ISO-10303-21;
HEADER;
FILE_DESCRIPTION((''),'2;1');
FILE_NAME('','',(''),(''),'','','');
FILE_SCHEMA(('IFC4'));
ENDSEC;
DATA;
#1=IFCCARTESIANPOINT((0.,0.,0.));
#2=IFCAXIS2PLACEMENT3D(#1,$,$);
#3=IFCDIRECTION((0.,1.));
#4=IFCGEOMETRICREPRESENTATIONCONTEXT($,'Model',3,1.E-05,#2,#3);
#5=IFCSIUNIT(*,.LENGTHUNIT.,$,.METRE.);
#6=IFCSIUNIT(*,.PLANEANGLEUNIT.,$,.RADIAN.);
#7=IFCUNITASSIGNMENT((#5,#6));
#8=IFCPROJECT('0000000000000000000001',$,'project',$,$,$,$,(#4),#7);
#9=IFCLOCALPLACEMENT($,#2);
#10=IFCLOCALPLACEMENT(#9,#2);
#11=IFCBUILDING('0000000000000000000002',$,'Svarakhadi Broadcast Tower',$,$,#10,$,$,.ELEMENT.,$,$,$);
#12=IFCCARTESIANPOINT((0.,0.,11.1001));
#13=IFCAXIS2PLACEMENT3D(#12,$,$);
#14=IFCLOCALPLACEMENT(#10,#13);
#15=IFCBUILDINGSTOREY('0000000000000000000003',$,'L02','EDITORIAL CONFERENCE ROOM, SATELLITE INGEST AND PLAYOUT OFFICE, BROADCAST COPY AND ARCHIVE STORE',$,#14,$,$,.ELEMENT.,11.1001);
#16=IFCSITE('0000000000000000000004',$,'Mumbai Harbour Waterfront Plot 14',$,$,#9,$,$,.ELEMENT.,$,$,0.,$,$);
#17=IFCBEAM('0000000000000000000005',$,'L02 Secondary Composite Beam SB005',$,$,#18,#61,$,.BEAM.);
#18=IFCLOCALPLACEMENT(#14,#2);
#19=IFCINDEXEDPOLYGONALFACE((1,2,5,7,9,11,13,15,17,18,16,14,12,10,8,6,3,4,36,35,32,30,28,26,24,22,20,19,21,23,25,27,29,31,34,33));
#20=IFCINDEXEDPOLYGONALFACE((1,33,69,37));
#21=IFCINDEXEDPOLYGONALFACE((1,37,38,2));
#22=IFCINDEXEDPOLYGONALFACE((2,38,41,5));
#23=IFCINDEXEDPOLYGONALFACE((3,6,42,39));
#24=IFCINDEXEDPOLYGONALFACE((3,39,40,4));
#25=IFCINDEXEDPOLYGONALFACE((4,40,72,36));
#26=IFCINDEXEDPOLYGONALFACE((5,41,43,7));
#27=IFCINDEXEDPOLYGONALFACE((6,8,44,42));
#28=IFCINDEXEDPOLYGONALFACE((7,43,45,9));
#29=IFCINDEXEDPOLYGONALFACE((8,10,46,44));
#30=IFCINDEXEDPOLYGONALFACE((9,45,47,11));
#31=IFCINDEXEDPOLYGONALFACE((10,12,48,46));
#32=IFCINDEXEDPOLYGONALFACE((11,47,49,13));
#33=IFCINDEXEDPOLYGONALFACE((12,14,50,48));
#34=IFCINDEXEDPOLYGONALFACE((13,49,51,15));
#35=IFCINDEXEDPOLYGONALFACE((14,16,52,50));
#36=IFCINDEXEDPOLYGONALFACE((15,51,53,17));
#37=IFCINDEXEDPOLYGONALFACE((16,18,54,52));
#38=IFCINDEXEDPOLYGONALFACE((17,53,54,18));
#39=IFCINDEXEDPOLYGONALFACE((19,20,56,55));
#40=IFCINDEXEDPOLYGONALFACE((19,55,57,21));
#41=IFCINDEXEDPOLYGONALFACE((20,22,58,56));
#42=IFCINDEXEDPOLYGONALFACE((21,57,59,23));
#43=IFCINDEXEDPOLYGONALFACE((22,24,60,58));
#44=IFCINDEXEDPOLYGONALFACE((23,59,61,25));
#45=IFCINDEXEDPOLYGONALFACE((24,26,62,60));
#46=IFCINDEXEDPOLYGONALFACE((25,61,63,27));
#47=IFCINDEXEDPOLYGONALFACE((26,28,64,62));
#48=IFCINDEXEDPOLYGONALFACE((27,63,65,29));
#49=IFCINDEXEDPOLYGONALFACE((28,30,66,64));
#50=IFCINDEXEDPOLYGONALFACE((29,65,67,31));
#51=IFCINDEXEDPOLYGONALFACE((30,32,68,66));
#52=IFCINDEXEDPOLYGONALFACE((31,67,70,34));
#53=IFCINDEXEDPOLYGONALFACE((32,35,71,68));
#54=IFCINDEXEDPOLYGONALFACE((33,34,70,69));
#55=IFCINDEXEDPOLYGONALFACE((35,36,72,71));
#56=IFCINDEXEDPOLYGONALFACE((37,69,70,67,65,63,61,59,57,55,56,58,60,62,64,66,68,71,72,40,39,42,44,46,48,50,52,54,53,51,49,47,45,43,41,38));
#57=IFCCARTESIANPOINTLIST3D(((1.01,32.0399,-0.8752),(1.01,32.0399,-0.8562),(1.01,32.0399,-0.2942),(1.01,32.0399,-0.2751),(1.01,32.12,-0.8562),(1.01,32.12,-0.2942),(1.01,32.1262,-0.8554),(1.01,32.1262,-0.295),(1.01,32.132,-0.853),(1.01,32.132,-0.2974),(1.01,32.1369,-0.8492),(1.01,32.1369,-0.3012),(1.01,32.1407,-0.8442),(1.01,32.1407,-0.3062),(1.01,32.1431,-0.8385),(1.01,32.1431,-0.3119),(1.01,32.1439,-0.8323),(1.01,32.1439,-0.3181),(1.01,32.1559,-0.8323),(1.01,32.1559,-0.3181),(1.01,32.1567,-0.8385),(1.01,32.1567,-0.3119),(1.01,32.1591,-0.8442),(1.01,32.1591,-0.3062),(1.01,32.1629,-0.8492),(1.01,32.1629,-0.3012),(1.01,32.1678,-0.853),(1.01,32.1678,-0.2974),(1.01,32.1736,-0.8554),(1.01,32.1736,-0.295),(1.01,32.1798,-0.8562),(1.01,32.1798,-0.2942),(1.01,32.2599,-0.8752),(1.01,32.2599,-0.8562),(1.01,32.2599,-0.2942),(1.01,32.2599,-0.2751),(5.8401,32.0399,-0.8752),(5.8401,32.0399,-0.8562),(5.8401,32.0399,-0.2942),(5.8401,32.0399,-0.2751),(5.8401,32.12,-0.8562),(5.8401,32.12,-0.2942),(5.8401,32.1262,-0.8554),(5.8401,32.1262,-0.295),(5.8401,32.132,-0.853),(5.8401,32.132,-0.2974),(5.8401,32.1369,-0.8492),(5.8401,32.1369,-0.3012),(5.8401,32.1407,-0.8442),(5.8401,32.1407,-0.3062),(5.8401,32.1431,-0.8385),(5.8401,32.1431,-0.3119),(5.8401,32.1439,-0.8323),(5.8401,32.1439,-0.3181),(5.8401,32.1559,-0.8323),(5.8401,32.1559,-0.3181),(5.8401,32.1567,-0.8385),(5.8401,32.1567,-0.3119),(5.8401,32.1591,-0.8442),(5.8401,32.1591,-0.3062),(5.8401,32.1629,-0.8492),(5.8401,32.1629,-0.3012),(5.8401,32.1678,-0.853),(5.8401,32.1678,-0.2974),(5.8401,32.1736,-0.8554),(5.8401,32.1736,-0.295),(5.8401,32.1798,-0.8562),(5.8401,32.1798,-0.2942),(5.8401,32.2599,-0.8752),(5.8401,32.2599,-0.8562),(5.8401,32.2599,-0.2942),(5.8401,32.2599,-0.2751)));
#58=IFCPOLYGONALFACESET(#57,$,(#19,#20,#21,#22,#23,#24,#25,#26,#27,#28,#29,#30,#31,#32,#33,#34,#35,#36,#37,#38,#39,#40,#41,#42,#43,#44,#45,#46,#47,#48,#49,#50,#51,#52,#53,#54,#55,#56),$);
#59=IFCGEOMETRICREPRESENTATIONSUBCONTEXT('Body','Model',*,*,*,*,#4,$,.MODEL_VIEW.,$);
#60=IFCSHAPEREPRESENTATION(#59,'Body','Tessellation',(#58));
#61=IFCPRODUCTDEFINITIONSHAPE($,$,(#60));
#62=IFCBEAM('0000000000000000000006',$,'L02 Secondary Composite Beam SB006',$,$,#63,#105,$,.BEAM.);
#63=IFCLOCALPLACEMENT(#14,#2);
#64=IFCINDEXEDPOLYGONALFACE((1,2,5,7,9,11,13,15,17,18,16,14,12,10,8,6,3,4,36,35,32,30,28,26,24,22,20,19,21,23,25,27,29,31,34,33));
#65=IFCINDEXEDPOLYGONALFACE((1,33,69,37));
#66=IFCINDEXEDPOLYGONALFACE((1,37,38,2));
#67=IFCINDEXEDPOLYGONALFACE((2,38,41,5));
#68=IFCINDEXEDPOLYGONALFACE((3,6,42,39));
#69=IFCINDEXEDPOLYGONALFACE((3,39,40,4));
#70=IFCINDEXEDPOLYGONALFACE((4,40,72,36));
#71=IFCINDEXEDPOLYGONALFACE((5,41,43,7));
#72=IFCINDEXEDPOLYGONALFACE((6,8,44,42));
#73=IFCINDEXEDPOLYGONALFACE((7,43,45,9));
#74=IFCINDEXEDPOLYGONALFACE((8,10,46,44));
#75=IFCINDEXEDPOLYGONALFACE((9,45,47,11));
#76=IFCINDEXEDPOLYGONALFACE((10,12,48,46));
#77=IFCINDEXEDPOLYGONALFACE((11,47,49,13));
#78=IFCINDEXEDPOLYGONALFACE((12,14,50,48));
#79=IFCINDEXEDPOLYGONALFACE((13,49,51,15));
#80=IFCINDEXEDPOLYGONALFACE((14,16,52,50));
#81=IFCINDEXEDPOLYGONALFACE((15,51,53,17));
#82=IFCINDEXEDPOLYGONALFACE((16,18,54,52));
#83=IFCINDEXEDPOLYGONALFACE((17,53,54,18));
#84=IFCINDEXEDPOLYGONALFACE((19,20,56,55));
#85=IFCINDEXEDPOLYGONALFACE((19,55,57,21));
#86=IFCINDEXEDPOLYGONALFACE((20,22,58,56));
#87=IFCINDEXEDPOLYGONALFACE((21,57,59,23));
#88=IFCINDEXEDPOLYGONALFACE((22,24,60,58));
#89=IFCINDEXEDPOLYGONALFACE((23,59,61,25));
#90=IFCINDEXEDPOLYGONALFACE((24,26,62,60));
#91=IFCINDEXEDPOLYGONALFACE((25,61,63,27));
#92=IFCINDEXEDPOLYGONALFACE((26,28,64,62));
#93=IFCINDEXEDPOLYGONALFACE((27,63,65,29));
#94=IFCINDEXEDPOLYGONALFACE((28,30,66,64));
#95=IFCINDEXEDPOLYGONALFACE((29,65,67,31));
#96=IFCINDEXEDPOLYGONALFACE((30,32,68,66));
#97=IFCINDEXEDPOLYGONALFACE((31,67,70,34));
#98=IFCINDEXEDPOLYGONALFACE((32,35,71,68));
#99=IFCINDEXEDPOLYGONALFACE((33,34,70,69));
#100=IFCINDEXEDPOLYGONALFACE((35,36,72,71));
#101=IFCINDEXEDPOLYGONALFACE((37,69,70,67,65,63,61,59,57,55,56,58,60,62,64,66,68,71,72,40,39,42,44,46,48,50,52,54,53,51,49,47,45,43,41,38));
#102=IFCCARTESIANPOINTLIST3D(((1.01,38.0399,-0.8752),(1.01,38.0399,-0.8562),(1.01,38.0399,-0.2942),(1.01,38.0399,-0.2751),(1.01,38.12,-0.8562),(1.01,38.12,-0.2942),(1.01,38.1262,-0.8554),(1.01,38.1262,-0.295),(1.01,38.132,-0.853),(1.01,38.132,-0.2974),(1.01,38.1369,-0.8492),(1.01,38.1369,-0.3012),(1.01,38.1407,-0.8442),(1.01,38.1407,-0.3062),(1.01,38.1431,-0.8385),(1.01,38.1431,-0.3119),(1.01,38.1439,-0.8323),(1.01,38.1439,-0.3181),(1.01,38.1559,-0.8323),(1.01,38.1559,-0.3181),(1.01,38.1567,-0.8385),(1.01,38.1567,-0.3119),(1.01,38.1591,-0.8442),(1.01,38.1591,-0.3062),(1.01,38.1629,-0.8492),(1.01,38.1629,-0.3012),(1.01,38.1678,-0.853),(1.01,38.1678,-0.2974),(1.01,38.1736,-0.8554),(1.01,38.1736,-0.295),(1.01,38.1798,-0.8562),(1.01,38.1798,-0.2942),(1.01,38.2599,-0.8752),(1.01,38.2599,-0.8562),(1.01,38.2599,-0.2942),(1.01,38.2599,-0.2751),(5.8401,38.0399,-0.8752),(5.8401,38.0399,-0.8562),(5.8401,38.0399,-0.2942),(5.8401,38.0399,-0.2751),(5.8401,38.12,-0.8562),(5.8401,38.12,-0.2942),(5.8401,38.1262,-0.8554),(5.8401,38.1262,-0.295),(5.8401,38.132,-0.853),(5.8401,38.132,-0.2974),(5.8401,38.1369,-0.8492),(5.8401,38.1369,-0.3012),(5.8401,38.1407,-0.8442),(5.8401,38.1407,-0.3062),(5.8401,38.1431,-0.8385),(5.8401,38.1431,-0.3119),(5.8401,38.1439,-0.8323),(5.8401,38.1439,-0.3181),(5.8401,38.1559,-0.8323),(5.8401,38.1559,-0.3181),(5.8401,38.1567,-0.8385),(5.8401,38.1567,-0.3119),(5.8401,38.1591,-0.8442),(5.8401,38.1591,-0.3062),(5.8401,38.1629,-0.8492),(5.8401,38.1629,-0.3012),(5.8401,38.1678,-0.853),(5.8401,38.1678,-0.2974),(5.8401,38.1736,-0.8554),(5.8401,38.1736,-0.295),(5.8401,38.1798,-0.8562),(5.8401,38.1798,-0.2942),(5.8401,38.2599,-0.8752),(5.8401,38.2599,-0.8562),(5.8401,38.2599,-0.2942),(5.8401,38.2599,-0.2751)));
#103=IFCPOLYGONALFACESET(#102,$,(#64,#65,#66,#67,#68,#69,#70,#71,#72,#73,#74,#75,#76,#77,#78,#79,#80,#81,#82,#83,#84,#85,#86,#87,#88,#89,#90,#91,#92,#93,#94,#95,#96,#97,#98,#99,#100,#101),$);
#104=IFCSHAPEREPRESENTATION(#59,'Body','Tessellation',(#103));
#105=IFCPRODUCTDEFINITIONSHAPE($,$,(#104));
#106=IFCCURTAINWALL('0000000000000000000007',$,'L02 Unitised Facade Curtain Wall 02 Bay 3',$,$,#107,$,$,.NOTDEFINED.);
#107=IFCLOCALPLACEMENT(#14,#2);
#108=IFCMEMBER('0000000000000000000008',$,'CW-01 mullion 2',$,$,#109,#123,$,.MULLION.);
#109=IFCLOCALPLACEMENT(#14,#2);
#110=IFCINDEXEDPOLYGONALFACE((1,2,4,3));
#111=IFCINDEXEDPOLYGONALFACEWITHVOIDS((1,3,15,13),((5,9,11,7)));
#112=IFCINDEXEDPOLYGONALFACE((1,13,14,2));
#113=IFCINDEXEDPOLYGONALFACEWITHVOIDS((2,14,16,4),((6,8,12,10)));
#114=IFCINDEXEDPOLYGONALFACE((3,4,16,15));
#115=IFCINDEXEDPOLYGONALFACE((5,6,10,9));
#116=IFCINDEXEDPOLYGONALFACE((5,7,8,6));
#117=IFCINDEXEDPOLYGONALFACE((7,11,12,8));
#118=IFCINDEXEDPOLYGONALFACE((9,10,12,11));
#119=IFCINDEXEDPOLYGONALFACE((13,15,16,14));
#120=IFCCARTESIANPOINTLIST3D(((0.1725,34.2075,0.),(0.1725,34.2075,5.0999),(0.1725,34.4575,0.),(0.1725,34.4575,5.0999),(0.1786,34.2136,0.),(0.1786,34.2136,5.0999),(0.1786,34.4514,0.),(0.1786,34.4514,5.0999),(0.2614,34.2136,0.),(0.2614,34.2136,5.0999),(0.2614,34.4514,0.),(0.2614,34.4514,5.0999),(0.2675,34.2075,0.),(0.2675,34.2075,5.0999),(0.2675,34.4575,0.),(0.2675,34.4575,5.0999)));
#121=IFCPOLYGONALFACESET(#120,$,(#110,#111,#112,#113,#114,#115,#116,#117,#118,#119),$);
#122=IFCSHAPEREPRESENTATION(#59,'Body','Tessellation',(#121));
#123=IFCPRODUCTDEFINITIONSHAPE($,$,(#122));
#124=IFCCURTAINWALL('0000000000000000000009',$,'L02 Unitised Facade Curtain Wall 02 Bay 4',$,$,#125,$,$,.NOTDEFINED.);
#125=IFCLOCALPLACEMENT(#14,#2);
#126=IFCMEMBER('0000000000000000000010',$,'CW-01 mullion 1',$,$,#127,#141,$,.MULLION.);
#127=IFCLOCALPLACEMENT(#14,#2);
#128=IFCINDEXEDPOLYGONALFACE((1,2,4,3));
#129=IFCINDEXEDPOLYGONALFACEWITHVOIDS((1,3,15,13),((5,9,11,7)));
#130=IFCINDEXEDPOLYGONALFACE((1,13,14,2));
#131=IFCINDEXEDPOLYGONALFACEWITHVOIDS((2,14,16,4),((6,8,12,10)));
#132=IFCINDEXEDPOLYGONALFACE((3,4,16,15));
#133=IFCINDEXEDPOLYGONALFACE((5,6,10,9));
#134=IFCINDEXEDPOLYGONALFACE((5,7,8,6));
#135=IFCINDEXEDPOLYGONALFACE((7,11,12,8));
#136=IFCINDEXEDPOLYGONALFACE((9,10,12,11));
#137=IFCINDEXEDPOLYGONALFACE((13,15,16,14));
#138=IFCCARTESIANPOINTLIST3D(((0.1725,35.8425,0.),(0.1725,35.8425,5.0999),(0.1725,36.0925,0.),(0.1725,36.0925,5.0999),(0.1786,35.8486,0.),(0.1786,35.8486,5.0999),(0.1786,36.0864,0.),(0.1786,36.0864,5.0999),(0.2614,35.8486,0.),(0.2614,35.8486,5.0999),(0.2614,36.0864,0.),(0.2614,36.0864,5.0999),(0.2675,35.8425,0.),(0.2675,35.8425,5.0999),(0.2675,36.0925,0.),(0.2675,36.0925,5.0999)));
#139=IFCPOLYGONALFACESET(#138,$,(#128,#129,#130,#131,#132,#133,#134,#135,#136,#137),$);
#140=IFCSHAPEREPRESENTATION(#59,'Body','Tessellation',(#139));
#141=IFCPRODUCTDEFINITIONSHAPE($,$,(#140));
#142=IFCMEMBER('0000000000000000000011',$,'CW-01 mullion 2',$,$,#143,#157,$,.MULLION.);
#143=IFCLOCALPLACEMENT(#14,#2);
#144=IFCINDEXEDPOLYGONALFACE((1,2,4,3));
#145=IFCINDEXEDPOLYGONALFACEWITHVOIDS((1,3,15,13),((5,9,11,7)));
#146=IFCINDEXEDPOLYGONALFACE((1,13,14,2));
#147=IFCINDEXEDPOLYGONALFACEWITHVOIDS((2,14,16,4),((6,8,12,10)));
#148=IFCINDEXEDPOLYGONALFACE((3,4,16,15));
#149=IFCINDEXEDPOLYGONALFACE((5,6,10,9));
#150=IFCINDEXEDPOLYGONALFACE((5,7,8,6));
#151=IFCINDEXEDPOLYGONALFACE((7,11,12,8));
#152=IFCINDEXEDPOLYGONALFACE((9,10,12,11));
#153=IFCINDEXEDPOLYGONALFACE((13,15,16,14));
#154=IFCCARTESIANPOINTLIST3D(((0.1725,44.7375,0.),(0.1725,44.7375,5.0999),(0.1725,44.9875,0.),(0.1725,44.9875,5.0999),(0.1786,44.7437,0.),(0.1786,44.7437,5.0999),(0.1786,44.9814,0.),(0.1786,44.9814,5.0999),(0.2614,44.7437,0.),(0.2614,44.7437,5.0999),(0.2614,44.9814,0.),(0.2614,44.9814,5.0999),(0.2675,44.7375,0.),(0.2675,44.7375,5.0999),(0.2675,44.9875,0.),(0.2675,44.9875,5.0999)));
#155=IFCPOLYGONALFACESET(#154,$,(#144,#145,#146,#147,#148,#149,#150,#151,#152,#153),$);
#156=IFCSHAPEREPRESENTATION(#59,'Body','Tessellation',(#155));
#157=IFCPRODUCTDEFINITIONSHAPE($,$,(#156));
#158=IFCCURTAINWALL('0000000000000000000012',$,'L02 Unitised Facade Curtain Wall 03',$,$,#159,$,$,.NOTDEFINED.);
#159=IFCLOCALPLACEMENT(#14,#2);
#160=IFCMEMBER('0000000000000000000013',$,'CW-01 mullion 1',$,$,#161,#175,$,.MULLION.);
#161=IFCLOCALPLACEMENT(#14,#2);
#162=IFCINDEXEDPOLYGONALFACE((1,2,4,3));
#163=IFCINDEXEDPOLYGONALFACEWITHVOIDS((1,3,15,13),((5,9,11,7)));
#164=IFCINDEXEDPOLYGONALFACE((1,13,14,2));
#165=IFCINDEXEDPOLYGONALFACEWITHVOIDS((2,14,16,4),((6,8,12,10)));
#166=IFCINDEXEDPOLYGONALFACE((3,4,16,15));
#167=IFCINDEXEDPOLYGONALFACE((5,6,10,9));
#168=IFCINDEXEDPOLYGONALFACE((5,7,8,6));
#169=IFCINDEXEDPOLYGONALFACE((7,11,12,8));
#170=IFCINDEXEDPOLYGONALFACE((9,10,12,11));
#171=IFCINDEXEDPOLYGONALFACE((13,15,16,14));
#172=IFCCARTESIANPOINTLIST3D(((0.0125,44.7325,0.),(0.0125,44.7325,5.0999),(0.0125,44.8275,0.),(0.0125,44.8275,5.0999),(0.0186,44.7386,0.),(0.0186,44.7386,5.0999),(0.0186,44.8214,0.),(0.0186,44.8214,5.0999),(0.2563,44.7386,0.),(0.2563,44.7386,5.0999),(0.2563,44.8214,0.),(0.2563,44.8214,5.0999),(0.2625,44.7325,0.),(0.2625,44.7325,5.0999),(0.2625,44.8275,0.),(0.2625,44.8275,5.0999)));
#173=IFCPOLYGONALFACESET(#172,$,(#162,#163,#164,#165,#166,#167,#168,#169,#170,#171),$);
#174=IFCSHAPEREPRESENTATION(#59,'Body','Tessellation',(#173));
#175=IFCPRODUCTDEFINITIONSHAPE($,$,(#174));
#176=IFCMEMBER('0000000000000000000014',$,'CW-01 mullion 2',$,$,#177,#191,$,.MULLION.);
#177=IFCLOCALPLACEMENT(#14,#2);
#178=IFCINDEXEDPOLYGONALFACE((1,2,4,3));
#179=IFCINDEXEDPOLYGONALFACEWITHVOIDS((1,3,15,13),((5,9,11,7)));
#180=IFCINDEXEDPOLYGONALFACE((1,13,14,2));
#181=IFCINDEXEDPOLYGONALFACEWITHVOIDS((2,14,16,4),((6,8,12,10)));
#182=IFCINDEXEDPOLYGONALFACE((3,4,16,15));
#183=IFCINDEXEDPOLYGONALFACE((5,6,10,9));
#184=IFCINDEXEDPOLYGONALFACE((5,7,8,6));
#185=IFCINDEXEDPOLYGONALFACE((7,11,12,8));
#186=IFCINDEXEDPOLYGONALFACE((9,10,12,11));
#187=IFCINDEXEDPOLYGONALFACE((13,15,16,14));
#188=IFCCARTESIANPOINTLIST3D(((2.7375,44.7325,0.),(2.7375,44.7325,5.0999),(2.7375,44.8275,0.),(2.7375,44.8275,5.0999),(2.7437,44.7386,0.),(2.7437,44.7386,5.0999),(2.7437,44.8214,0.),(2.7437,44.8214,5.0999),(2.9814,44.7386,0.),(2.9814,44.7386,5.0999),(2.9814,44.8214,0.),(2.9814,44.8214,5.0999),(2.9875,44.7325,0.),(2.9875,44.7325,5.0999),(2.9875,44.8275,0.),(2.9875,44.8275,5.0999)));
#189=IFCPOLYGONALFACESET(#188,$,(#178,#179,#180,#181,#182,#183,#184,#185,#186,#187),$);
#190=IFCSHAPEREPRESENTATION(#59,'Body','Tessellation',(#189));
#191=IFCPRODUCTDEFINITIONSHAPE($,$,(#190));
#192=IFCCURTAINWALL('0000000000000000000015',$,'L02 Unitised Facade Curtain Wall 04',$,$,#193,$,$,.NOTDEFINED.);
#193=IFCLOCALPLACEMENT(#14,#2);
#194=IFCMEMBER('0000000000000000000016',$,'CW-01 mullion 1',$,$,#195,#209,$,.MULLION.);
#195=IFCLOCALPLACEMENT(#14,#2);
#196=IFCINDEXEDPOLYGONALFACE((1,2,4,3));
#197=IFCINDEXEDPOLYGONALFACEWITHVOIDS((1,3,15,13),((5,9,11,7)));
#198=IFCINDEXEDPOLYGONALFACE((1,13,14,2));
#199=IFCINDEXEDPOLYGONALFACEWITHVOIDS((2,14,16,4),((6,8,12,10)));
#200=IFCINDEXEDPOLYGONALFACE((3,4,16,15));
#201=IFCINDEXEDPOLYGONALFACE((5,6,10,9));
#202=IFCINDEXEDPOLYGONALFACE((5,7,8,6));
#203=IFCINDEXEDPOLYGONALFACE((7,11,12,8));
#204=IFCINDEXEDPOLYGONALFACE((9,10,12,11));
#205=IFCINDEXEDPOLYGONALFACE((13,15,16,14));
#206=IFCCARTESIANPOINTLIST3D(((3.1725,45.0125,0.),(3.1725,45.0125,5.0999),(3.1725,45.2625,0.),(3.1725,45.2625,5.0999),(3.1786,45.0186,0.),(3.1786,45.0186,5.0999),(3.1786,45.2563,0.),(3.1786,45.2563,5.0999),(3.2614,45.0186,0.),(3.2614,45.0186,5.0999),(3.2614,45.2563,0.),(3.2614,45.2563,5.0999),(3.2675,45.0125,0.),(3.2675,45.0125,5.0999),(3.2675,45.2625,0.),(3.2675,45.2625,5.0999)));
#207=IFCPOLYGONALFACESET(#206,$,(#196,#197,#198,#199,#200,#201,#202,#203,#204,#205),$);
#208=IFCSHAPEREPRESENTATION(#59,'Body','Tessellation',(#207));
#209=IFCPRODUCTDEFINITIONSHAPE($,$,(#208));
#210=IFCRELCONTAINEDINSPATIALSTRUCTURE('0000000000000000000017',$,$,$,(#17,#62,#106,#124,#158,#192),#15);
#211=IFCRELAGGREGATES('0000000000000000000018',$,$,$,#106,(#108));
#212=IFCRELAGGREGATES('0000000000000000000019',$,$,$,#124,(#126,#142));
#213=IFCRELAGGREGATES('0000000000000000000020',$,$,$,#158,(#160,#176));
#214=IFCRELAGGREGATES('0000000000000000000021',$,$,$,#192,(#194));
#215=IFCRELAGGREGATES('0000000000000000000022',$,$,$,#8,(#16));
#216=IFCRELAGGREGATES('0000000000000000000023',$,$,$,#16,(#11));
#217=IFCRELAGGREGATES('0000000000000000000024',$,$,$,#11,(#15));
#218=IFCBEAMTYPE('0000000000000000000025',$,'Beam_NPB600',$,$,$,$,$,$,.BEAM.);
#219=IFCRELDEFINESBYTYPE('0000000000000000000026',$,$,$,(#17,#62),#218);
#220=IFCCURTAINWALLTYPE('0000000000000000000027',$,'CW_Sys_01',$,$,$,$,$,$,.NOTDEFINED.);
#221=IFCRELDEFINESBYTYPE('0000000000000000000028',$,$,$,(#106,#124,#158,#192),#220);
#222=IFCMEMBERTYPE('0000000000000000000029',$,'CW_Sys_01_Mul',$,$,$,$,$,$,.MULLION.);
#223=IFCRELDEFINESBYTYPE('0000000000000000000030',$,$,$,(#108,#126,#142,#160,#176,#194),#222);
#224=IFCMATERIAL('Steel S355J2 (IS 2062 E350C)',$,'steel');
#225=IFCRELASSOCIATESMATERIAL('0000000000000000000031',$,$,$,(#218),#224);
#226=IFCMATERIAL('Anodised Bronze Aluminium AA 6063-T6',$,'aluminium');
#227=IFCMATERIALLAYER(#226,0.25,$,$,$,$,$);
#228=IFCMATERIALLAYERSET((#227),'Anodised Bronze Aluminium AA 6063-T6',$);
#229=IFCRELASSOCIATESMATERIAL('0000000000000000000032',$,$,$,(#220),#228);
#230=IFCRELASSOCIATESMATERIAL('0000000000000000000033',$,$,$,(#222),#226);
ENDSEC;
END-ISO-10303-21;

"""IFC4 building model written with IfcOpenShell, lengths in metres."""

from ifc_helpers import new_model, si_unit, direction, frame, origin, origin_2d, place, context, subcontext, project, spatial, hollow_rectangle, i_section, extrude, material, layer, layer_set, material_profile, profile_set, type_object, element, aggregate, save


model = new_model("IFC4")

# Units and contexts
model_context = context("Model", 3, precision=1e-05, world=origin(), true_north=direction((0.0, 1.0)))
body_context = subcontext(model_context, "Body", "Model", "MODEL_VIEW")
ifc_project = project(units=[si_unit("LENGTHUNIT", "METRE"), si_unit("PLANEANGLEUNIT", "RADIAN")], contexts=[model_context])

# Site, building, storey
site_placement = place(None, origin())
site = spatial("IfcSite", under=ifc_project, at=site_placement, Name="Mumbai Harbour Waterfront Plot 14", CompositionType="ELEMENT", RefElevation=0.0)
building_placement = place(site_placement, origin())
building = spatial("IfcBuilding", under=site, at=building_placement, Name="Svarakhadi Broadcast Tower", CompositionType="ELEMENT")
storey_placement = place(building_placement, frame((0.0, 0.0, 11.1001)))
storey = spatial("IfcBuildingStorey", under=building, at=storey_placement, Name="L02", Description="EDITORIAL CONFERENCE ROOM, SATELLITE INGEST AND PLAYOUT OFFICE, BROADCAST COPY AND ARCHIVE STORE", CompositionType="ELEMENT", Elevation=11.1001)

# Beams
ifc_material_1 = material(Name="Steel S355J2 (IS 2062 E350C)", Category="steel")
ifc_material_profile_1 = material_profile(ifc_material_1, i_section(OverallWidth=0.22, OverallDepth=0.6001, WebThickness=0.012, FlangeThickness=0.019, FilletRadius=0.0239, at=origin_2d()), Name="NPB 600x220x122")
ifc_profile_set_1 = profile_set([ifc_material_profile_1], Name="Steel S355J2 (IS 2062 E350C)")
beam_type_1 = type_object("IfcBeamType", Name="Beam_NPB600", PredefinedType="BEAM", material=ifc_profile_set_1)
for number, where, z_axis, x_axis, name in (
    (1, (1.01, 32.1499, -0.5752), (1.0, 0.0, 0.0), (0.0, 1.0, 0.0), "L02 Secondary Composite Beam SB005"),
    (2, (1.01, 38.1499, -0.5752), (1.0, 0.0, 0.0), (0.0, 1.0, 0.0), "L02 Secondary Composite Beam SB006"),
):
    element("IfcBeam", number, at=place(storey_placement, frame(where, z_axis=z_axis, x_axis=x_axis)), inside=storey, type_object=beam_type_1, Name=name, PredefinedType="BEAM", context=body_context, shape_type="SweptSolid", body=[
        extrude(i_section(OverallWidth=0.22, OverallDepth=0.6001, WebThickness=0.012, FlangeThickness=0.019, FilletRadius=0.0239, at=origin_2d()), origin(), (0.0, 0.0, 1.0), 4.8301),
    ])

# Curtain wall, member
ifc_material_2 = material(Name="Anodised Bronze Aluminium AA 6063-T6", Category="aluminium")
ifc_layer_1 = layer(ifc_material_2, 0.25)
ifc_layer_set_1 = layer_set([ifc_layer_1], Name="Anodised Bronze Aluminium AA 6063-T6")
curtain_wall_type = type_object("IfcCurtainWallType", Name="CW_Sys_01", PredefinedType="NOTDEFINED", material=ifc_layer_set_1)
curtain_wall_1_placement = place(storey_placement, origin())
curtain_wall_1 = element("IfcCurtainWall", 3, at=curtain_wall_1_placement, inside=storey, type_object=curtain_wall_type, Name="L02 Unitised Facade Curtain Wall 02 Bay 3", PredefinedType="NOTDEFINED")
ifc_material_profile_2 = material_profile(ifc_material_2, hollow_rectangle(XDim=0.095, YDim=0.25, WallThickness=0.0061, at=origin_2d()), Name="ALU MULLION 250x95x6")
ifc_profile_set_2 = profile_set([ifc_material_profile_2], Name="Anodised Bronze Aluminium AA 6063-T6")
member_type_1 = type_object("IfcMemberType", Name="CW_Sys_01_Mul", PredefinedType="MULLION", material=ifc_profile_set_2)
member_1_placement = place(storey_placement, frame((0.22, 34.3325, 0.0), z_axis=(0.0, 0.0, 1.0), x_axis=(-1.0, 0.0, 0.0)))
member_1 = element("IfcMember", 4, at=member_1_placement, type_object=member_type_1, Name="CW-01 mullion 2", PredefinedType="MULLION", context=body_context, shape_type="SweptSolid", body=[
    extrude(hollow_rectangle(XDim=0.095, YDim=0.25, WallThickness=0.0061, at=origin_2d()), origin(), (0.0, 0.0, 1.0), 5.0999),
])

# Curtain walls, members
curtain_wall_2_placement = place(storey_placement, origin())
curtain_wall_2 = element("IfcCurtainWall", 5, at=curtain_wall_2_placement, inside=storey, type_object=curtain_wall_type, Name="L02 Unitised Facade Curtain Wall 02 Bay 4", PredefinedType="NOTDEFINED")
member_2_placement = place(storey_placement, frame((0.22, 35.9675, 0.0), z_axis=(0.0, 0.0, 1.0), x_axis=(-1.0, 0.0, 0.0)))
member_2 = element("IfcMember", 6, at=member_2_placement, type_object=member_type_1, Name="CW-01 mullion 1", PredefinedType="MULLION", context=body_context, shape_type="SweptSolid", body=[
    extrude(hollow_rectangle(XDim=0.095, YDim=0.25, WallThickness=0.0061, at=origin_2d()), origin(), (0.0, 0.0, 1.0), 5.0999),
])
member_3_placement = place(storey_placement, frame((0.22, 44.8625, 0.0), z_axis=(0.0, 0.0, 1.0), x_axis=(-1.0, 0.0, 0.0)))
member_3 = element("IfcMember", 7, at=member_3_placement, type_object=member_type_1, Name="CW-01 mullion 2", PredefinedType="MULLION", context=body_context, shape_type="SweptSolid", body=[
    extrude(hollow_rectangle(XDim=0.095, YDim=0.25, WallThickness=0.0061, at=origin_2d()), origin(), (0.0, 0.0, 1.0), 5.0999),
])
curtain_wall_3_placement = place(storey_placement, origin())
curtain_wall_3 = element("IfcCurtainWall", 8, at=curtain_wall_3_placement, inside=storey, type_object=curtain_wall_type, Name="L02 Unitised Facade Curtain Wall 03", PredefinedType="NOTDEFINED")
member_4_placement = place(storey_placement, frame((0.1375, 44.78, 0.0), z_axis=(0.0, 0.0, 1.0), x_axis=(0.0, 1.0, 0.0)))
member_4 = element("IfcMember", 9, at=member_4_placement, type_object=member_type_1, Name="CW-01 mullion 1", PredefinedType="MULLION", context=body_context, shape_type="SweptSolid", body=[
    extrude(hollow_rectangle(XDim=0.095, YDim=0.25, WallThickness=0.0061, at=origin_2d()), origin(), (0.0, 0.0, 1.0), 5.0999),
])
member_5_placement = place(storey_placement, frame((2.8625, 44.78, 0.0), z_axis=(0.0, 0.0, 1.0), x_axis=(0.0, 1.0, 0.0)))
member_5 = element("IfcMember", 10, at=member_5_placement, type_object=member_type_1, Name="CW-01 mullion 2", PredefinedType="MULLION", context=body_context, shape_type="SweptSolid", body=[
    extrude(hollow_rectangle(XDim=0.095, YDim=0.25, WallThickness=0.0061, at=origin_2d()), origin(), (0.0, 0.0, 1.0), 5.0999),
])
curtain_wall_4_placement = place(storey_placement, origin())
curtain_wall_4 = element("IfcCurtainWall", 11, at=curtain_wall_4_placement, inside=storey, type_object=curtain_wall_type, Name="L02 Unitised Facade Curtain Wall 04", PredefinedType="NOTDEFINED")
member_6_placement = place(storey_placement, frame((3.22, 45.1375, 0.0), z_axis=(0.0, 0.0, 1.0), x_axis=(-1.0, 0.0, 0.0)))
member_6 = element("IfcMember", 12, at=member_6_placement, type_object=member_type_1, Name="CW-01 mullion 1", PredefinedType="MULLION", context=body_context, shape_type="SweptSolid", body=[
    extrude(hollow_rectangle(XDim=0.095, YDim=0.25, WallThickness=0.0061, at=origin_2d()), origin(), (0.0, 0.0, 1.0), 5.0999),
])

aggregate(curtain_wall_1, [member_1])
aggregate(curtain_wall_2, [member_2, member_3])
aggregate(curtain_wall_3, [member_4, member_5])
aggregate(curtain_wall_4, [member_6])

save(model, "model.ifc")
